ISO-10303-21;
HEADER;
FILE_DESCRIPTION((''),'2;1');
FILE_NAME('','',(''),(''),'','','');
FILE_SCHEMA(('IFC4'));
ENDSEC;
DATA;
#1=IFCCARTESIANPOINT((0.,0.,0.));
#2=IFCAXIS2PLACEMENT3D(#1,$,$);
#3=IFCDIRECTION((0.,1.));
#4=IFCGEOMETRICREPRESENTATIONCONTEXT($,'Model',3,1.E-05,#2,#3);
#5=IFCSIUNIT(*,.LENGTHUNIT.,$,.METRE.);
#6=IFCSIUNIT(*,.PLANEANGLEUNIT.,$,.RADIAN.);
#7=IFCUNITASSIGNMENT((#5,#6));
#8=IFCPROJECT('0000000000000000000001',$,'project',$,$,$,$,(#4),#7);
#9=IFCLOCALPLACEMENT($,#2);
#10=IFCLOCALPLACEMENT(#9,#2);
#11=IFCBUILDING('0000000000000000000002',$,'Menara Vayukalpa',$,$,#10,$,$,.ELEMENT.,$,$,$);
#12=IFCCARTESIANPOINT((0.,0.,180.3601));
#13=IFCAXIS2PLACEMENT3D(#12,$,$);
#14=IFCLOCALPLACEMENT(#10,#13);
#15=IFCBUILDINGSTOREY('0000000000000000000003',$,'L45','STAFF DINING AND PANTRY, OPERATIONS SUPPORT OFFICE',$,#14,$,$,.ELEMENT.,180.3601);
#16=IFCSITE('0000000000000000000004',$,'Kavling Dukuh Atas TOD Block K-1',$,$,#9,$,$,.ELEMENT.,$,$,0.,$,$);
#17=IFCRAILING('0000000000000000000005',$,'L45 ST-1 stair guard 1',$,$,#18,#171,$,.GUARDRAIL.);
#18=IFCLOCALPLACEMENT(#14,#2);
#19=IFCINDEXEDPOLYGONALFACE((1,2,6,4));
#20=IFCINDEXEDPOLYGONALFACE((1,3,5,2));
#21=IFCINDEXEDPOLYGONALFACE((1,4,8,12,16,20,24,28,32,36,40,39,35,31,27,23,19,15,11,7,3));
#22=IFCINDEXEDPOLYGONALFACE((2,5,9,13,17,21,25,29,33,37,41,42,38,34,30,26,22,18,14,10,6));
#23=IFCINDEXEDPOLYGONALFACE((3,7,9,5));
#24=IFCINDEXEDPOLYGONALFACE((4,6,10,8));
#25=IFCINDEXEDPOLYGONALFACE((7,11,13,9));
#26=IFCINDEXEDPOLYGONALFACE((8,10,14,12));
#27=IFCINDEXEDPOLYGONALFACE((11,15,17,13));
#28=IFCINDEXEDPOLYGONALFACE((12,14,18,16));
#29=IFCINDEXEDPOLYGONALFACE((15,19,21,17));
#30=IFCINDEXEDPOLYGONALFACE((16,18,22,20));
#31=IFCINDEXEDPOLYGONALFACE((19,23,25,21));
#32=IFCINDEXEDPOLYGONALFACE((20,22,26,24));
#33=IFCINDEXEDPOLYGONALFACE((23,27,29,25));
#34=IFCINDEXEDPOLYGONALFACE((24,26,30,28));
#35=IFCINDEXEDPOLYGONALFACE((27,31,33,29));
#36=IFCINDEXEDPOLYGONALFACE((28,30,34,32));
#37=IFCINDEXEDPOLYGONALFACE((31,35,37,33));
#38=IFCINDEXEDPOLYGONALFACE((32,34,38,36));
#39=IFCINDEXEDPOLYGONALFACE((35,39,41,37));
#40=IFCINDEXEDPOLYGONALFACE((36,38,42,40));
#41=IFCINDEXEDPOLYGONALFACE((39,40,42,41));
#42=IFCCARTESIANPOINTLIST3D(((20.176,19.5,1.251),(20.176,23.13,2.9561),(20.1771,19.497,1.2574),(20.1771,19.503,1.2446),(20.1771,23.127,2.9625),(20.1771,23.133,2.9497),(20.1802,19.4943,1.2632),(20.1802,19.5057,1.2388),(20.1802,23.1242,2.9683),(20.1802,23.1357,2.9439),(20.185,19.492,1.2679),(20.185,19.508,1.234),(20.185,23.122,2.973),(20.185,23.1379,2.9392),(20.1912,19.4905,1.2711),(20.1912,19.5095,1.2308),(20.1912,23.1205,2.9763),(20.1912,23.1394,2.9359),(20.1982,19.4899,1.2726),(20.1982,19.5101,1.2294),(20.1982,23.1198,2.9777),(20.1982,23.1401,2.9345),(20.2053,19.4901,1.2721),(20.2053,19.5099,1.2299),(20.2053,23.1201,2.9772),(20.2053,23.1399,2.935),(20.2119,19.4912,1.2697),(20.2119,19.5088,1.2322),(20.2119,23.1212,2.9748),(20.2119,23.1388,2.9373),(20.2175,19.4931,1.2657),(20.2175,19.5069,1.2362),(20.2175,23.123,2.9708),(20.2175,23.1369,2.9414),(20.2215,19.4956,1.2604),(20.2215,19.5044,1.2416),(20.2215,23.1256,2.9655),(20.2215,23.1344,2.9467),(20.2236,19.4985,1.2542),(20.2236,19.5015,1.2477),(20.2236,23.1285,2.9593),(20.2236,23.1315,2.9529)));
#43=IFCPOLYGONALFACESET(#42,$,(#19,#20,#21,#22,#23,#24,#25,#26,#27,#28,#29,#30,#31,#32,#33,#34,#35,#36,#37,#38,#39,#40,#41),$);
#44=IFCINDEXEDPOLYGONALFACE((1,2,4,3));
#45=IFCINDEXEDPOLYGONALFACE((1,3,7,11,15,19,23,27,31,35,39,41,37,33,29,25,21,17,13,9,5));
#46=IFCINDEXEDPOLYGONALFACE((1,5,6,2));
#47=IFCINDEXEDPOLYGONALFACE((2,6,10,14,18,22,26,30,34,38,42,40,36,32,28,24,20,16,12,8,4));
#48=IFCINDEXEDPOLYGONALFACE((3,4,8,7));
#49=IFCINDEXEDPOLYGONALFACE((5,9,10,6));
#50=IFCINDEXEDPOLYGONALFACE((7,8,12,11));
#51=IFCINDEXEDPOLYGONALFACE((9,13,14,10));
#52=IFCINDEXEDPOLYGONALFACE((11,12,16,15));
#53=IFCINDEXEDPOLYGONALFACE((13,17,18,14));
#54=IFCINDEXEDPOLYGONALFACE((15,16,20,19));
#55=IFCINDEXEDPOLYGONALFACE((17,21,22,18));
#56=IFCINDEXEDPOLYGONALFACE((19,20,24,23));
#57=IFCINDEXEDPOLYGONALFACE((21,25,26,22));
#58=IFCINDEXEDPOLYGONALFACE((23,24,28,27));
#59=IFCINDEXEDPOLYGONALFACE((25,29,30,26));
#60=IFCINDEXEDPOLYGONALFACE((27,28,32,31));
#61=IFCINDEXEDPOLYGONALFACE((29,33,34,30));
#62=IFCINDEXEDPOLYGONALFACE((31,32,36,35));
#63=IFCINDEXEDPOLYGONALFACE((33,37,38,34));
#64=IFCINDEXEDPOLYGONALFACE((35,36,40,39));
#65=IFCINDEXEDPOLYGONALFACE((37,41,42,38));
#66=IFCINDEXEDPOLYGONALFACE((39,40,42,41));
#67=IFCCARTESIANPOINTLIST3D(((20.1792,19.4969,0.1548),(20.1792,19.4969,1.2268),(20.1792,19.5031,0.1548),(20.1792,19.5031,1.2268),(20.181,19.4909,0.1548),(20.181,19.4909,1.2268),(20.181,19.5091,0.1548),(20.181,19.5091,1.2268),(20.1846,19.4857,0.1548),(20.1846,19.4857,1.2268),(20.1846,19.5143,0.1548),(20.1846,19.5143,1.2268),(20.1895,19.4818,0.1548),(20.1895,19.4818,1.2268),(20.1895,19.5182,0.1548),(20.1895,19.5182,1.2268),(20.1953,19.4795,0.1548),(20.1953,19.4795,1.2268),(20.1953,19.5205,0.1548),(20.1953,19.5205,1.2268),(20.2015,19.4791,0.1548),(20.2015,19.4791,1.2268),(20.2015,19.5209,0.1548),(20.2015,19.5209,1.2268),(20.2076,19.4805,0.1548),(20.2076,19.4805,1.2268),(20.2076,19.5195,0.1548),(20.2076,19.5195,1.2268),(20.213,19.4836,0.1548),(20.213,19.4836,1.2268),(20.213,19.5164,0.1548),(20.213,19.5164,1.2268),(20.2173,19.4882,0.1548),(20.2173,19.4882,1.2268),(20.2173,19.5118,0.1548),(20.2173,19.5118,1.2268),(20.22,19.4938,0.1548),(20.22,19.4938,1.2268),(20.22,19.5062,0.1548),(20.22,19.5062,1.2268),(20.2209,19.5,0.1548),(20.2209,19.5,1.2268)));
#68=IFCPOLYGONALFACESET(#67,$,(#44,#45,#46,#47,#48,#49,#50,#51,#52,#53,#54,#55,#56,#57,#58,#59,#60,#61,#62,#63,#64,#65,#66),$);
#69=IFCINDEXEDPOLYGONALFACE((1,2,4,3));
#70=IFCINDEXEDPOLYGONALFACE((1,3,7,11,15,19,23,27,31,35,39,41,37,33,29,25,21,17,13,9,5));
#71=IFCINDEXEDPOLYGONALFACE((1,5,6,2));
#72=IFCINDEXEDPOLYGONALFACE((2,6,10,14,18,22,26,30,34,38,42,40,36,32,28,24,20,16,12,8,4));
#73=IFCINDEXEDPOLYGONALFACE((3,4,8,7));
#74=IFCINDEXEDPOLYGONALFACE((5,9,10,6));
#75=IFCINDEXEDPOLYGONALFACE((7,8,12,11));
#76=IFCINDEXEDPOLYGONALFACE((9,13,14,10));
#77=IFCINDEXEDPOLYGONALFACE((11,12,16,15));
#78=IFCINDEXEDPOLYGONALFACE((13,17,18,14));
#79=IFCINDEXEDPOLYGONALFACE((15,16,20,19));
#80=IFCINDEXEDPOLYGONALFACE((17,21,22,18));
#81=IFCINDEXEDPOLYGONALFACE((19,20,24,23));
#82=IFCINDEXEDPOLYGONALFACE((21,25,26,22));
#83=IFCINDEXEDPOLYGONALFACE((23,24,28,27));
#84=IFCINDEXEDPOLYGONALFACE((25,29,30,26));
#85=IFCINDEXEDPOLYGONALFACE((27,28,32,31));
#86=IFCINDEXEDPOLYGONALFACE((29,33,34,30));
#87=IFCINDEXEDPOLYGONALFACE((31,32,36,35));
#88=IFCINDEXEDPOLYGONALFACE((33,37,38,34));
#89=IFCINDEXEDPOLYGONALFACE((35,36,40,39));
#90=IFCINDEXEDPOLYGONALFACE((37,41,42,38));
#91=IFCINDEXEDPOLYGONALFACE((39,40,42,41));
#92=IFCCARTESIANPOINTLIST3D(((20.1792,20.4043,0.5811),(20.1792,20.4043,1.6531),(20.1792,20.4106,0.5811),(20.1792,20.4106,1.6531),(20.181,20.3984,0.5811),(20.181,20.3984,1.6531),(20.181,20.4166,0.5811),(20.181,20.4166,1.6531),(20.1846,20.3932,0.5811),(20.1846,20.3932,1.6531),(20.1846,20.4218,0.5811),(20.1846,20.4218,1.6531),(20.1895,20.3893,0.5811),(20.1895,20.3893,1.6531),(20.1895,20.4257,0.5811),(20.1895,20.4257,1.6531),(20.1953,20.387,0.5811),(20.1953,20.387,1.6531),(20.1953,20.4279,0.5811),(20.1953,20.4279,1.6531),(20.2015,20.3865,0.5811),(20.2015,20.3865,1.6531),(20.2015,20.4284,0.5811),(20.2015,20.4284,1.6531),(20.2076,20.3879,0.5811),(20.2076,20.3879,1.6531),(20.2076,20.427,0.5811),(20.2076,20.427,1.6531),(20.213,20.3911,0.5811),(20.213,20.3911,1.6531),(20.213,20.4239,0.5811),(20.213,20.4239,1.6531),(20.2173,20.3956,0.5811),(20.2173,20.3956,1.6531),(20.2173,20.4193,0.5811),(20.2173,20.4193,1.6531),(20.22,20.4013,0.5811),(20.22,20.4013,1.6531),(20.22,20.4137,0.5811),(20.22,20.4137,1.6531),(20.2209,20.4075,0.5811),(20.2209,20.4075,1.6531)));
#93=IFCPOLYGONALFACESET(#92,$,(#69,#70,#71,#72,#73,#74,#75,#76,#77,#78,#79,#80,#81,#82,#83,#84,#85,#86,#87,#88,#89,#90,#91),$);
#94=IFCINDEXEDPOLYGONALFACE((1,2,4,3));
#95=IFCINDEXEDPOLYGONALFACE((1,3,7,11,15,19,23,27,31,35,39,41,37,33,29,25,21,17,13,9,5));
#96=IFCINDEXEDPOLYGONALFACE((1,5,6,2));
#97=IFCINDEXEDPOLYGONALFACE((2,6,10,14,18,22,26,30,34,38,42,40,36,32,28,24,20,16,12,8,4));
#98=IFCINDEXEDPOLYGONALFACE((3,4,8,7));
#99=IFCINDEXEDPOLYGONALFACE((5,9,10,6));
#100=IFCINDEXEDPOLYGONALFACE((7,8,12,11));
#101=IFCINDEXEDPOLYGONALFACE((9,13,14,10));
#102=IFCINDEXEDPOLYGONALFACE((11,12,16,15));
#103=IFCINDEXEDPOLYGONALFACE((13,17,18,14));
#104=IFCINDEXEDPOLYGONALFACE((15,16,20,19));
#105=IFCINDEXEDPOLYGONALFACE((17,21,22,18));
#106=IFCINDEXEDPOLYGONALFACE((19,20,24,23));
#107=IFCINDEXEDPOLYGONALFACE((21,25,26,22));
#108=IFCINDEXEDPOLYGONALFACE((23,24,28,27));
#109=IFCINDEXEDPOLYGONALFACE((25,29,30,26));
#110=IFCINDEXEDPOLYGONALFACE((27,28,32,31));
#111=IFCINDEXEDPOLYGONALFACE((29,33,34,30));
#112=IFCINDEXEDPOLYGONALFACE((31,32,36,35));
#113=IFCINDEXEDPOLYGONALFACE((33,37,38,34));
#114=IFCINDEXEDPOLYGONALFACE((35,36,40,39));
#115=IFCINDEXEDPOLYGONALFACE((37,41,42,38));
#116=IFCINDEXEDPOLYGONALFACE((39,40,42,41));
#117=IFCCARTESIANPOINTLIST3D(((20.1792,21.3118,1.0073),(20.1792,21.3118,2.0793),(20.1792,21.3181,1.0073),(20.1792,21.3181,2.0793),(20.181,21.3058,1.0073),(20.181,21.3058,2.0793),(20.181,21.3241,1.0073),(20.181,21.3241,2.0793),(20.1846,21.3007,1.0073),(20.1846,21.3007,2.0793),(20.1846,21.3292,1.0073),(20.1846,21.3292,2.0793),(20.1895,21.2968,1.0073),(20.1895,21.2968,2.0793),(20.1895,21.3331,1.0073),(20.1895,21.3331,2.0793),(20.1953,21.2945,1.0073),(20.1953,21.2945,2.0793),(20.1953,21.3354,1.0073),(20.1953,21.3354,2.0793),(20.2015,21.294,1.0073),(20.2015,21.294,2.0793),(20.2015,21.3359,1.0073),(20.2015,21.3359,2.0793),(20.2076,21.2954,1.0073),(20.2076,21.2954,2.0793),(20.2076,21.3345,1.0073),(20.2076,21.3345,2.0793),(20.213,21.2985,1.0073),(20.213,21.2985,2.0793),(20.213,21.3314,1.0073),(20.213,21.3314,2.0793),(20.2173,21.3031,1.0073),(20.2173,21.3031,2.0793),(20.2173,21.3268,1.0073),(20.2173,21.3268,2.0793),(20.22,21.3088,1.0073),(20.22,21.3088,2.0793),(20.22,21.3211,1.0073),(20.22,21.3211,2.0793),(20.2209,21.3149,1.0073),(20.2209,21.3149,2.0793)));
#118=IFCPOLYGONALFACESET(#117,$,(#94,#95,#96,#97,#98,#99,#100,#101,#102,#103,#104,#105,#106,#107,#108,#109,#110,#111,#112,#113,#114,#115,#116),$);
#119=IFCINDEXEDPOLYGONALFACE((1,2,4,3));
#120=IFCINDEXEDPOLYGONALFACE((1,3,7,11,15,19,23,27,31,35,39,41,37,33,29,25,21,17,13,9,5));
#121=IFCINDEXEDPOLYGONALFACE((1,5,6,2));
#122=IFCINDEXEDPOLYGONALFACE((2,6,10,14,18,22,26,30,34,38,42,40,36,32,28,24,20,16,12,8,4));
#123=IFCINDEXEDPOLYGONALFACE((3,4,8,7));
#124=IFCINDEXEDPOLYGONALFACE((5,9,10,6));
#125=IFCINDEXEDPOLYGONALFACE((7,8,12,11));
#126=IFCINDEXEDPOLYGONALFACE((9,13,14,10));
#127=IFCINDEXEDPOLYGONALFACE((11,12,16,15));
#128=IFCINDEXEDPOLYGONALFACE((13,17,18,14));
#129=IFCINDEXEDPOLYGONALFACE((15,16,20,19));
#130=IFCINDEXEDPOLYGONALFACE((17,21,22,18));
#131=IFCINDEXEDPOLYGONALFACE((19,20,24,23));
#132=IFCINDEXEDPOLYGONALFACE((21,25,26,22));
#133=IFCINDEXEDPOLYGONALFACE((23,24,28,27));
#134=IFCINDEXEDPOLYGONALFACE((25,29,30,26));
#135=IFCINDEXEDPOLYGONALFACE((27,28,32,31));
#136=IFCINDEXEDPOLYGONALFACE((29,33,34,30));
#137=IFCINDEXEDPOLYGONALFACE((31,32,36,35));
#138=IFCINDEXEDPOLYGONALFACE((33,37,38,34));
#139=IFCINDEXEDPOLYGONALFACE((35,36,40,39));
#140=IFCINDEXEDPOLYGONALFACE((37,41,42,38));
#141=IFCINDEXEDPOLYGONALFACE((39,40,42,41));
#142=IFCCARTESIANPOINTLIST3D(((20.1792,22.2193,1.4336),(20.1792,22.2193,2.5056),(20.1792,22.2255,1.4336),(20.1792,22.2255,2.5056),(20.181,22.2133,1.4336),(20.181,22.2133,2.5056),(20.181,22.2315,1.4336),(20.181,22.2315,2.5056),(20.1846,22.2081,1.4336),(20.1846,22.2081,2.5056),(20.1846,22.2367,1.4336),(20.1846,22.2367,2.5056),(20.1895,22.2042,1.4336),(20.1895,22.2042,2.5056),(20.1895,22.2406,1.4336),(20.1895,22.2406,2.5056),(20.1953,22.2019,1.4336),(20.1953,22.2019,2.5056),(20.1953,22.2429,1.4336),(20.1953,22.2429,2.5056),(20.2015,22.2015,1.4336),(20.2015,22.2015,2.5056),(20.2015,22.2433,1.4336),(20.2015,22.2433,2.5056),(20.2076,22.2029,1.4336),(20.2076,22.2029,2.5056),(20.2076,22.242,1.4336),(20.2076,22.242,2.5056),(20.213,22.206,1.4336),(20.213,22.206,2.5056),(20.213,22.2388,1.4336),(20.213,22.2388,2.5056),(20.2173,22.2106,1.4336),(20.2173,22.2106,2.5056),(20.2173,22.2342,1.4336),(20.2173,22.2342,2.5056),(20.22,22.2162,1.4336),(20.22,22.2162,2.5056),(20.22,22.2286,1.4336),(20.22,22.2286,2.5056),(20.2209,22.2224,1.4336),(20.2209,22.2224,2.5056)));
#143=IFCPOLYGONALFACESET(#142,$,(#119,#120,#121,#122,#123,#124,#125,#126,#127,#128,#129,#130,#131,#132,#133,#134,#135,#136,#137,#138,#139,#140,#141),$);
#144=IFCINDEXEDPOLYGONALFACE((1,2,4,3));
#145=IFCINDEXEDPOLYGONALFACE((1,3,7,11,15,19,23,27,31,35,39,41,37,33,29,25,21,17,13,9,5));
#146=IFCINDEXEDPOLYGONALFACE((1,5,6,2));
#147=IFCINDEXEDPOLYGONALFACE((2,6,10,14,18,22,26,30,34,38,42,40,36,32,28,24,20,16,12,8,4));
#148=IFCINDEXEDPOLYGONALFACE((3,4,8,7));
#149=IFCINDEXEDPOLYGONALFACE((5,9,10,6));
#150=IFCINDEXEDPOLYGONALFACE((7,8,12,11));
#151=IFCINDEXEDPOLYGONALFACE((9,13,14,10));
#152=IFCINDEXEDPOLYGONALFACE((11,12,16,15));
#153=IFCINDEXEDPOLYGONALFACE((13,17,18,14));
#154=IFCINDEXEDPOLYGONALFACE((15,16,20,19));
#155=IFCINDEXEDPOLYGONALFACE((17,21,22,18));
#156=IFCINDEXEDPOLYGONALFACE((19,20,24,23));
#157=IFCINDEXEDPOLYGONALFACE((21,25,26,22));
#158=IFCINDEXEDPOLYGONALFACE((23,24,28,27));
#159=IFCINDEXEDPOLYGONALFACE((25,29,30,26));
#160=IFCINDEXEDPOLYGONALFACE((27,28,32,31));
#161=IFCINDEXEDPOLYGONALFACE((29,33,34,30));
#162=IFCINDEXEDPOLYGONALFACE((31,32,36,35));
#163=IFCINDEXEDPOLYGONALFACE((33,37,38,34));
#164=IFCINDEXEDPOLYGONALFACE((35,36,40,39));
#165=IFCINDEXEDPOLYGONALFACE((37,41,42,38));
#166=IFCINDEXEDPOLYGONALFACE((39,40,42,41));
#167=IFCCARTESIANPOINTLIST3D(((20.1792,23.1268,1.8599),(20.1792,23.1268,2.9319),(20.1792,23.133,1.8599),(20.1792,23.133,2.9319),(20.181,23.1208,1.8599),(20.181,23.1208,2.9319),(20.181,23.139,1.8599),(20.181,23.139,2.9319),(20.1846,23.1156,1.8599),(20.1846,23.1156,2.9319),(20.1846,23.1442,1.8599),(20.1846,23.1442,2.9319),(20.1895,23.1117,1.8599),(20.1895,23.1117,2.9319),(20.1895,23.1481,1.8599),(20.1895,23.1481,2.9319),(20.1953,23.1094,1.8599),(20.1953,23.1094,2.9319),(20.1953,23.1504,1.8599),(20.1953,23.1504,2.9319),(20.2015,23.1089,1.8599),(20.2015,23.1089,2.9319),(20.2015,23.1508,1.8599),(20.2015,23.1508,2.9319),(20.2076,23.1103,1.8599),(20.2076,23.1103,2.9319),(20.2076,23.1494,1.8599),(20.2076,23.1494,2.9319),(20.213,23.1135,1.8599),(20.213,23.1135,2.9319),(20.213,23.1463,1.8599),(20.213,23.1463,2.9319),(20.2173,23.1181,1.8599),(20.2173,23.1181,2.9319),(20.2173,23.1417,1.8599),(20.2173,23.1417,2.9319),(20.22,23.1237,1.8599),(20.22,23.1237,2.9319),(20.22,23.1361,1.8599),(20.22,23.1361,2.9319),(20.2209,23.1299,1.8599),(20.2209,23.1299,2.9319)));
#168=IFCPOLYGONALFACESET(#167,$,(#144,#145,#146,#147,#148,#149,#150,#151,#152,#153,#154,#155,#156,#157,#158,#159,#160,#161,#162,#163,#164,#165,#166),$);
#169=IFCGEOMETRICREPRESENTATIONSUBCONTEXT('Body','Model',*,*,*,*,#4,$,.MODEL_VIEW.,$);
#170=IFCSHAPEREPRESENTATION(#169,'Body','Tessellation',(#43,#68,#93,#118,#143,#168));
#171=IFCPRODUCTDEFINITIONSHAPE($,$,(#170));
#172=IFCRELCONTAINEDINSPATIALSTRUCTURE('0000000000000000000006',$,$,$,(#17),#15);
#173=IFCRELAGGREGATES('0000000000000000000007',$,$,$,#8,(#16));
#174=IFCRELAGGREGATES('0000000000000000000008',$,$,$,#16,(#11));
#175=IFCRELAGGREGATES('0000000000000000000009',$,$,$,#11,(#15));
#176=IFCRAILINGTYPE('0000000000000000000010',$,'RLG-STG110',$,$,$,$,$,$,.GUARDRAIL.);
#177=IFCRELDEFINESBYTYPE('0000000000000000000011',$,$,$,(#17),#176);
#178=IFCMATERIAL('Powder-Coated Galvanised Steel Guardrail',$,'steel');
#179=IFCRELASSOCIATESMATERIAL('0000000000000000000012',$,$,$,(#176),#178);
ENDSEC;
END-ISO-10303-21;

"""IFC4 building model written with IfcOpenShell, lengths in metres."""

from ifc_helpers import new_model, si_unit, direction, frame, origin, origin_2d, place, context, subcontext, project, spatial, circle, extrude, material, type_object, element, save


model = new_model("IFC4")

# Units and contexts
model_context = context("Model", 3, precision=1e-05, world=origin(), true_north=direction((0.0, 1.0)))
body_context = subcontext(model_context, "Body", "Model", "MODEL_VIEW")
ifc_project = project(units=[si_unit("LENGTHUNIT", "METRE"), si_unit("PLANEANGLEUNIT", "RADIAN")], contexts=[model_context])

# Site, building, storey
site_placement = place(None, origin())
site = spatial("IfcSite", under=ifc_project, at=site_placement, Name="Kavling Dukuh Atas TOD Block K-1", CompositionType="ELEMENT", RefElevation=0.0)
building_placement = place(site_placement, origin())
building = spatial("IfcBuilding", under=site, at=building_placement, Name="Menara Vayukalpa", CompositionType="ELEMENT")
storey_placement = place(building_placement, frame((0.0, 0.0, 180.3601)))
storey = spatial("IfcBuildingStorey", under=building, at=storey_placement, Name="L45", Description="STAFF DINING AND PANTRY, OPERATIONS SUPPORT OFFICE", CompositionType="ELEMENT", Elevation=180.3601)

# Railing
ifc_material_1 = material(Name="Powder-Coated Galvanised Steel Guardrail", Category="steel")
railing_type_1 = type_object("IfcRailingType", Name="RLG-STG110", PredefinedType="GUARDRAIL", material=ifc_material_1)
railing_1_placement = place(storey_placement, frame((20.2, 19.5, 0.1548)))
element("IfcRailing", 1, at=railing_1_placement, inside=storey, type_object=railing_type_1, Name="L45 ST-1 stair guard 1", PredefinedType="GUARDRAIL", context=body_context, shape_type="SweptSolid", body=[
    extrude(circle(Radius=0.0239, at=origin_2d()), frame((0.0, 0.0, 1.0962), z_axis=(0.0, 0.905116, 0.425164), x_axis=(-1.0, 0.0, 0.0)), (0.0, 0.0, 1.0), 4.0105),
    extrude(circle(Radius=0.021, at=origin_2d()), origin(), (0.0, 0.0, 1.0), 1.072),
    extrude(circle(Radius=0.021, at=origin_2d()), frame((0.0, 0.9075, 0.4263)), (0.0, 0.0, 1.0), 1.072),
    extrude(circle(Radius=0.021, at=origin_2d()), frame((0.0, 1.8149, 0.8525)), (0.0, 0.0, 1.0), 1.072),
    extrude(circle(Radius=0.021, at=origin_2d()), frame((0.0, 2.7224, 1.2788)), (0.0, 0.0, 1.0), 1.072),
    extrude(circle(Radius=0.021, at=origin_2d()), frame((0.0, 3.6299, 1.7051)), (0.0, 0.0, 1.0), 1.072),
])

save(model, "model.ifc")
